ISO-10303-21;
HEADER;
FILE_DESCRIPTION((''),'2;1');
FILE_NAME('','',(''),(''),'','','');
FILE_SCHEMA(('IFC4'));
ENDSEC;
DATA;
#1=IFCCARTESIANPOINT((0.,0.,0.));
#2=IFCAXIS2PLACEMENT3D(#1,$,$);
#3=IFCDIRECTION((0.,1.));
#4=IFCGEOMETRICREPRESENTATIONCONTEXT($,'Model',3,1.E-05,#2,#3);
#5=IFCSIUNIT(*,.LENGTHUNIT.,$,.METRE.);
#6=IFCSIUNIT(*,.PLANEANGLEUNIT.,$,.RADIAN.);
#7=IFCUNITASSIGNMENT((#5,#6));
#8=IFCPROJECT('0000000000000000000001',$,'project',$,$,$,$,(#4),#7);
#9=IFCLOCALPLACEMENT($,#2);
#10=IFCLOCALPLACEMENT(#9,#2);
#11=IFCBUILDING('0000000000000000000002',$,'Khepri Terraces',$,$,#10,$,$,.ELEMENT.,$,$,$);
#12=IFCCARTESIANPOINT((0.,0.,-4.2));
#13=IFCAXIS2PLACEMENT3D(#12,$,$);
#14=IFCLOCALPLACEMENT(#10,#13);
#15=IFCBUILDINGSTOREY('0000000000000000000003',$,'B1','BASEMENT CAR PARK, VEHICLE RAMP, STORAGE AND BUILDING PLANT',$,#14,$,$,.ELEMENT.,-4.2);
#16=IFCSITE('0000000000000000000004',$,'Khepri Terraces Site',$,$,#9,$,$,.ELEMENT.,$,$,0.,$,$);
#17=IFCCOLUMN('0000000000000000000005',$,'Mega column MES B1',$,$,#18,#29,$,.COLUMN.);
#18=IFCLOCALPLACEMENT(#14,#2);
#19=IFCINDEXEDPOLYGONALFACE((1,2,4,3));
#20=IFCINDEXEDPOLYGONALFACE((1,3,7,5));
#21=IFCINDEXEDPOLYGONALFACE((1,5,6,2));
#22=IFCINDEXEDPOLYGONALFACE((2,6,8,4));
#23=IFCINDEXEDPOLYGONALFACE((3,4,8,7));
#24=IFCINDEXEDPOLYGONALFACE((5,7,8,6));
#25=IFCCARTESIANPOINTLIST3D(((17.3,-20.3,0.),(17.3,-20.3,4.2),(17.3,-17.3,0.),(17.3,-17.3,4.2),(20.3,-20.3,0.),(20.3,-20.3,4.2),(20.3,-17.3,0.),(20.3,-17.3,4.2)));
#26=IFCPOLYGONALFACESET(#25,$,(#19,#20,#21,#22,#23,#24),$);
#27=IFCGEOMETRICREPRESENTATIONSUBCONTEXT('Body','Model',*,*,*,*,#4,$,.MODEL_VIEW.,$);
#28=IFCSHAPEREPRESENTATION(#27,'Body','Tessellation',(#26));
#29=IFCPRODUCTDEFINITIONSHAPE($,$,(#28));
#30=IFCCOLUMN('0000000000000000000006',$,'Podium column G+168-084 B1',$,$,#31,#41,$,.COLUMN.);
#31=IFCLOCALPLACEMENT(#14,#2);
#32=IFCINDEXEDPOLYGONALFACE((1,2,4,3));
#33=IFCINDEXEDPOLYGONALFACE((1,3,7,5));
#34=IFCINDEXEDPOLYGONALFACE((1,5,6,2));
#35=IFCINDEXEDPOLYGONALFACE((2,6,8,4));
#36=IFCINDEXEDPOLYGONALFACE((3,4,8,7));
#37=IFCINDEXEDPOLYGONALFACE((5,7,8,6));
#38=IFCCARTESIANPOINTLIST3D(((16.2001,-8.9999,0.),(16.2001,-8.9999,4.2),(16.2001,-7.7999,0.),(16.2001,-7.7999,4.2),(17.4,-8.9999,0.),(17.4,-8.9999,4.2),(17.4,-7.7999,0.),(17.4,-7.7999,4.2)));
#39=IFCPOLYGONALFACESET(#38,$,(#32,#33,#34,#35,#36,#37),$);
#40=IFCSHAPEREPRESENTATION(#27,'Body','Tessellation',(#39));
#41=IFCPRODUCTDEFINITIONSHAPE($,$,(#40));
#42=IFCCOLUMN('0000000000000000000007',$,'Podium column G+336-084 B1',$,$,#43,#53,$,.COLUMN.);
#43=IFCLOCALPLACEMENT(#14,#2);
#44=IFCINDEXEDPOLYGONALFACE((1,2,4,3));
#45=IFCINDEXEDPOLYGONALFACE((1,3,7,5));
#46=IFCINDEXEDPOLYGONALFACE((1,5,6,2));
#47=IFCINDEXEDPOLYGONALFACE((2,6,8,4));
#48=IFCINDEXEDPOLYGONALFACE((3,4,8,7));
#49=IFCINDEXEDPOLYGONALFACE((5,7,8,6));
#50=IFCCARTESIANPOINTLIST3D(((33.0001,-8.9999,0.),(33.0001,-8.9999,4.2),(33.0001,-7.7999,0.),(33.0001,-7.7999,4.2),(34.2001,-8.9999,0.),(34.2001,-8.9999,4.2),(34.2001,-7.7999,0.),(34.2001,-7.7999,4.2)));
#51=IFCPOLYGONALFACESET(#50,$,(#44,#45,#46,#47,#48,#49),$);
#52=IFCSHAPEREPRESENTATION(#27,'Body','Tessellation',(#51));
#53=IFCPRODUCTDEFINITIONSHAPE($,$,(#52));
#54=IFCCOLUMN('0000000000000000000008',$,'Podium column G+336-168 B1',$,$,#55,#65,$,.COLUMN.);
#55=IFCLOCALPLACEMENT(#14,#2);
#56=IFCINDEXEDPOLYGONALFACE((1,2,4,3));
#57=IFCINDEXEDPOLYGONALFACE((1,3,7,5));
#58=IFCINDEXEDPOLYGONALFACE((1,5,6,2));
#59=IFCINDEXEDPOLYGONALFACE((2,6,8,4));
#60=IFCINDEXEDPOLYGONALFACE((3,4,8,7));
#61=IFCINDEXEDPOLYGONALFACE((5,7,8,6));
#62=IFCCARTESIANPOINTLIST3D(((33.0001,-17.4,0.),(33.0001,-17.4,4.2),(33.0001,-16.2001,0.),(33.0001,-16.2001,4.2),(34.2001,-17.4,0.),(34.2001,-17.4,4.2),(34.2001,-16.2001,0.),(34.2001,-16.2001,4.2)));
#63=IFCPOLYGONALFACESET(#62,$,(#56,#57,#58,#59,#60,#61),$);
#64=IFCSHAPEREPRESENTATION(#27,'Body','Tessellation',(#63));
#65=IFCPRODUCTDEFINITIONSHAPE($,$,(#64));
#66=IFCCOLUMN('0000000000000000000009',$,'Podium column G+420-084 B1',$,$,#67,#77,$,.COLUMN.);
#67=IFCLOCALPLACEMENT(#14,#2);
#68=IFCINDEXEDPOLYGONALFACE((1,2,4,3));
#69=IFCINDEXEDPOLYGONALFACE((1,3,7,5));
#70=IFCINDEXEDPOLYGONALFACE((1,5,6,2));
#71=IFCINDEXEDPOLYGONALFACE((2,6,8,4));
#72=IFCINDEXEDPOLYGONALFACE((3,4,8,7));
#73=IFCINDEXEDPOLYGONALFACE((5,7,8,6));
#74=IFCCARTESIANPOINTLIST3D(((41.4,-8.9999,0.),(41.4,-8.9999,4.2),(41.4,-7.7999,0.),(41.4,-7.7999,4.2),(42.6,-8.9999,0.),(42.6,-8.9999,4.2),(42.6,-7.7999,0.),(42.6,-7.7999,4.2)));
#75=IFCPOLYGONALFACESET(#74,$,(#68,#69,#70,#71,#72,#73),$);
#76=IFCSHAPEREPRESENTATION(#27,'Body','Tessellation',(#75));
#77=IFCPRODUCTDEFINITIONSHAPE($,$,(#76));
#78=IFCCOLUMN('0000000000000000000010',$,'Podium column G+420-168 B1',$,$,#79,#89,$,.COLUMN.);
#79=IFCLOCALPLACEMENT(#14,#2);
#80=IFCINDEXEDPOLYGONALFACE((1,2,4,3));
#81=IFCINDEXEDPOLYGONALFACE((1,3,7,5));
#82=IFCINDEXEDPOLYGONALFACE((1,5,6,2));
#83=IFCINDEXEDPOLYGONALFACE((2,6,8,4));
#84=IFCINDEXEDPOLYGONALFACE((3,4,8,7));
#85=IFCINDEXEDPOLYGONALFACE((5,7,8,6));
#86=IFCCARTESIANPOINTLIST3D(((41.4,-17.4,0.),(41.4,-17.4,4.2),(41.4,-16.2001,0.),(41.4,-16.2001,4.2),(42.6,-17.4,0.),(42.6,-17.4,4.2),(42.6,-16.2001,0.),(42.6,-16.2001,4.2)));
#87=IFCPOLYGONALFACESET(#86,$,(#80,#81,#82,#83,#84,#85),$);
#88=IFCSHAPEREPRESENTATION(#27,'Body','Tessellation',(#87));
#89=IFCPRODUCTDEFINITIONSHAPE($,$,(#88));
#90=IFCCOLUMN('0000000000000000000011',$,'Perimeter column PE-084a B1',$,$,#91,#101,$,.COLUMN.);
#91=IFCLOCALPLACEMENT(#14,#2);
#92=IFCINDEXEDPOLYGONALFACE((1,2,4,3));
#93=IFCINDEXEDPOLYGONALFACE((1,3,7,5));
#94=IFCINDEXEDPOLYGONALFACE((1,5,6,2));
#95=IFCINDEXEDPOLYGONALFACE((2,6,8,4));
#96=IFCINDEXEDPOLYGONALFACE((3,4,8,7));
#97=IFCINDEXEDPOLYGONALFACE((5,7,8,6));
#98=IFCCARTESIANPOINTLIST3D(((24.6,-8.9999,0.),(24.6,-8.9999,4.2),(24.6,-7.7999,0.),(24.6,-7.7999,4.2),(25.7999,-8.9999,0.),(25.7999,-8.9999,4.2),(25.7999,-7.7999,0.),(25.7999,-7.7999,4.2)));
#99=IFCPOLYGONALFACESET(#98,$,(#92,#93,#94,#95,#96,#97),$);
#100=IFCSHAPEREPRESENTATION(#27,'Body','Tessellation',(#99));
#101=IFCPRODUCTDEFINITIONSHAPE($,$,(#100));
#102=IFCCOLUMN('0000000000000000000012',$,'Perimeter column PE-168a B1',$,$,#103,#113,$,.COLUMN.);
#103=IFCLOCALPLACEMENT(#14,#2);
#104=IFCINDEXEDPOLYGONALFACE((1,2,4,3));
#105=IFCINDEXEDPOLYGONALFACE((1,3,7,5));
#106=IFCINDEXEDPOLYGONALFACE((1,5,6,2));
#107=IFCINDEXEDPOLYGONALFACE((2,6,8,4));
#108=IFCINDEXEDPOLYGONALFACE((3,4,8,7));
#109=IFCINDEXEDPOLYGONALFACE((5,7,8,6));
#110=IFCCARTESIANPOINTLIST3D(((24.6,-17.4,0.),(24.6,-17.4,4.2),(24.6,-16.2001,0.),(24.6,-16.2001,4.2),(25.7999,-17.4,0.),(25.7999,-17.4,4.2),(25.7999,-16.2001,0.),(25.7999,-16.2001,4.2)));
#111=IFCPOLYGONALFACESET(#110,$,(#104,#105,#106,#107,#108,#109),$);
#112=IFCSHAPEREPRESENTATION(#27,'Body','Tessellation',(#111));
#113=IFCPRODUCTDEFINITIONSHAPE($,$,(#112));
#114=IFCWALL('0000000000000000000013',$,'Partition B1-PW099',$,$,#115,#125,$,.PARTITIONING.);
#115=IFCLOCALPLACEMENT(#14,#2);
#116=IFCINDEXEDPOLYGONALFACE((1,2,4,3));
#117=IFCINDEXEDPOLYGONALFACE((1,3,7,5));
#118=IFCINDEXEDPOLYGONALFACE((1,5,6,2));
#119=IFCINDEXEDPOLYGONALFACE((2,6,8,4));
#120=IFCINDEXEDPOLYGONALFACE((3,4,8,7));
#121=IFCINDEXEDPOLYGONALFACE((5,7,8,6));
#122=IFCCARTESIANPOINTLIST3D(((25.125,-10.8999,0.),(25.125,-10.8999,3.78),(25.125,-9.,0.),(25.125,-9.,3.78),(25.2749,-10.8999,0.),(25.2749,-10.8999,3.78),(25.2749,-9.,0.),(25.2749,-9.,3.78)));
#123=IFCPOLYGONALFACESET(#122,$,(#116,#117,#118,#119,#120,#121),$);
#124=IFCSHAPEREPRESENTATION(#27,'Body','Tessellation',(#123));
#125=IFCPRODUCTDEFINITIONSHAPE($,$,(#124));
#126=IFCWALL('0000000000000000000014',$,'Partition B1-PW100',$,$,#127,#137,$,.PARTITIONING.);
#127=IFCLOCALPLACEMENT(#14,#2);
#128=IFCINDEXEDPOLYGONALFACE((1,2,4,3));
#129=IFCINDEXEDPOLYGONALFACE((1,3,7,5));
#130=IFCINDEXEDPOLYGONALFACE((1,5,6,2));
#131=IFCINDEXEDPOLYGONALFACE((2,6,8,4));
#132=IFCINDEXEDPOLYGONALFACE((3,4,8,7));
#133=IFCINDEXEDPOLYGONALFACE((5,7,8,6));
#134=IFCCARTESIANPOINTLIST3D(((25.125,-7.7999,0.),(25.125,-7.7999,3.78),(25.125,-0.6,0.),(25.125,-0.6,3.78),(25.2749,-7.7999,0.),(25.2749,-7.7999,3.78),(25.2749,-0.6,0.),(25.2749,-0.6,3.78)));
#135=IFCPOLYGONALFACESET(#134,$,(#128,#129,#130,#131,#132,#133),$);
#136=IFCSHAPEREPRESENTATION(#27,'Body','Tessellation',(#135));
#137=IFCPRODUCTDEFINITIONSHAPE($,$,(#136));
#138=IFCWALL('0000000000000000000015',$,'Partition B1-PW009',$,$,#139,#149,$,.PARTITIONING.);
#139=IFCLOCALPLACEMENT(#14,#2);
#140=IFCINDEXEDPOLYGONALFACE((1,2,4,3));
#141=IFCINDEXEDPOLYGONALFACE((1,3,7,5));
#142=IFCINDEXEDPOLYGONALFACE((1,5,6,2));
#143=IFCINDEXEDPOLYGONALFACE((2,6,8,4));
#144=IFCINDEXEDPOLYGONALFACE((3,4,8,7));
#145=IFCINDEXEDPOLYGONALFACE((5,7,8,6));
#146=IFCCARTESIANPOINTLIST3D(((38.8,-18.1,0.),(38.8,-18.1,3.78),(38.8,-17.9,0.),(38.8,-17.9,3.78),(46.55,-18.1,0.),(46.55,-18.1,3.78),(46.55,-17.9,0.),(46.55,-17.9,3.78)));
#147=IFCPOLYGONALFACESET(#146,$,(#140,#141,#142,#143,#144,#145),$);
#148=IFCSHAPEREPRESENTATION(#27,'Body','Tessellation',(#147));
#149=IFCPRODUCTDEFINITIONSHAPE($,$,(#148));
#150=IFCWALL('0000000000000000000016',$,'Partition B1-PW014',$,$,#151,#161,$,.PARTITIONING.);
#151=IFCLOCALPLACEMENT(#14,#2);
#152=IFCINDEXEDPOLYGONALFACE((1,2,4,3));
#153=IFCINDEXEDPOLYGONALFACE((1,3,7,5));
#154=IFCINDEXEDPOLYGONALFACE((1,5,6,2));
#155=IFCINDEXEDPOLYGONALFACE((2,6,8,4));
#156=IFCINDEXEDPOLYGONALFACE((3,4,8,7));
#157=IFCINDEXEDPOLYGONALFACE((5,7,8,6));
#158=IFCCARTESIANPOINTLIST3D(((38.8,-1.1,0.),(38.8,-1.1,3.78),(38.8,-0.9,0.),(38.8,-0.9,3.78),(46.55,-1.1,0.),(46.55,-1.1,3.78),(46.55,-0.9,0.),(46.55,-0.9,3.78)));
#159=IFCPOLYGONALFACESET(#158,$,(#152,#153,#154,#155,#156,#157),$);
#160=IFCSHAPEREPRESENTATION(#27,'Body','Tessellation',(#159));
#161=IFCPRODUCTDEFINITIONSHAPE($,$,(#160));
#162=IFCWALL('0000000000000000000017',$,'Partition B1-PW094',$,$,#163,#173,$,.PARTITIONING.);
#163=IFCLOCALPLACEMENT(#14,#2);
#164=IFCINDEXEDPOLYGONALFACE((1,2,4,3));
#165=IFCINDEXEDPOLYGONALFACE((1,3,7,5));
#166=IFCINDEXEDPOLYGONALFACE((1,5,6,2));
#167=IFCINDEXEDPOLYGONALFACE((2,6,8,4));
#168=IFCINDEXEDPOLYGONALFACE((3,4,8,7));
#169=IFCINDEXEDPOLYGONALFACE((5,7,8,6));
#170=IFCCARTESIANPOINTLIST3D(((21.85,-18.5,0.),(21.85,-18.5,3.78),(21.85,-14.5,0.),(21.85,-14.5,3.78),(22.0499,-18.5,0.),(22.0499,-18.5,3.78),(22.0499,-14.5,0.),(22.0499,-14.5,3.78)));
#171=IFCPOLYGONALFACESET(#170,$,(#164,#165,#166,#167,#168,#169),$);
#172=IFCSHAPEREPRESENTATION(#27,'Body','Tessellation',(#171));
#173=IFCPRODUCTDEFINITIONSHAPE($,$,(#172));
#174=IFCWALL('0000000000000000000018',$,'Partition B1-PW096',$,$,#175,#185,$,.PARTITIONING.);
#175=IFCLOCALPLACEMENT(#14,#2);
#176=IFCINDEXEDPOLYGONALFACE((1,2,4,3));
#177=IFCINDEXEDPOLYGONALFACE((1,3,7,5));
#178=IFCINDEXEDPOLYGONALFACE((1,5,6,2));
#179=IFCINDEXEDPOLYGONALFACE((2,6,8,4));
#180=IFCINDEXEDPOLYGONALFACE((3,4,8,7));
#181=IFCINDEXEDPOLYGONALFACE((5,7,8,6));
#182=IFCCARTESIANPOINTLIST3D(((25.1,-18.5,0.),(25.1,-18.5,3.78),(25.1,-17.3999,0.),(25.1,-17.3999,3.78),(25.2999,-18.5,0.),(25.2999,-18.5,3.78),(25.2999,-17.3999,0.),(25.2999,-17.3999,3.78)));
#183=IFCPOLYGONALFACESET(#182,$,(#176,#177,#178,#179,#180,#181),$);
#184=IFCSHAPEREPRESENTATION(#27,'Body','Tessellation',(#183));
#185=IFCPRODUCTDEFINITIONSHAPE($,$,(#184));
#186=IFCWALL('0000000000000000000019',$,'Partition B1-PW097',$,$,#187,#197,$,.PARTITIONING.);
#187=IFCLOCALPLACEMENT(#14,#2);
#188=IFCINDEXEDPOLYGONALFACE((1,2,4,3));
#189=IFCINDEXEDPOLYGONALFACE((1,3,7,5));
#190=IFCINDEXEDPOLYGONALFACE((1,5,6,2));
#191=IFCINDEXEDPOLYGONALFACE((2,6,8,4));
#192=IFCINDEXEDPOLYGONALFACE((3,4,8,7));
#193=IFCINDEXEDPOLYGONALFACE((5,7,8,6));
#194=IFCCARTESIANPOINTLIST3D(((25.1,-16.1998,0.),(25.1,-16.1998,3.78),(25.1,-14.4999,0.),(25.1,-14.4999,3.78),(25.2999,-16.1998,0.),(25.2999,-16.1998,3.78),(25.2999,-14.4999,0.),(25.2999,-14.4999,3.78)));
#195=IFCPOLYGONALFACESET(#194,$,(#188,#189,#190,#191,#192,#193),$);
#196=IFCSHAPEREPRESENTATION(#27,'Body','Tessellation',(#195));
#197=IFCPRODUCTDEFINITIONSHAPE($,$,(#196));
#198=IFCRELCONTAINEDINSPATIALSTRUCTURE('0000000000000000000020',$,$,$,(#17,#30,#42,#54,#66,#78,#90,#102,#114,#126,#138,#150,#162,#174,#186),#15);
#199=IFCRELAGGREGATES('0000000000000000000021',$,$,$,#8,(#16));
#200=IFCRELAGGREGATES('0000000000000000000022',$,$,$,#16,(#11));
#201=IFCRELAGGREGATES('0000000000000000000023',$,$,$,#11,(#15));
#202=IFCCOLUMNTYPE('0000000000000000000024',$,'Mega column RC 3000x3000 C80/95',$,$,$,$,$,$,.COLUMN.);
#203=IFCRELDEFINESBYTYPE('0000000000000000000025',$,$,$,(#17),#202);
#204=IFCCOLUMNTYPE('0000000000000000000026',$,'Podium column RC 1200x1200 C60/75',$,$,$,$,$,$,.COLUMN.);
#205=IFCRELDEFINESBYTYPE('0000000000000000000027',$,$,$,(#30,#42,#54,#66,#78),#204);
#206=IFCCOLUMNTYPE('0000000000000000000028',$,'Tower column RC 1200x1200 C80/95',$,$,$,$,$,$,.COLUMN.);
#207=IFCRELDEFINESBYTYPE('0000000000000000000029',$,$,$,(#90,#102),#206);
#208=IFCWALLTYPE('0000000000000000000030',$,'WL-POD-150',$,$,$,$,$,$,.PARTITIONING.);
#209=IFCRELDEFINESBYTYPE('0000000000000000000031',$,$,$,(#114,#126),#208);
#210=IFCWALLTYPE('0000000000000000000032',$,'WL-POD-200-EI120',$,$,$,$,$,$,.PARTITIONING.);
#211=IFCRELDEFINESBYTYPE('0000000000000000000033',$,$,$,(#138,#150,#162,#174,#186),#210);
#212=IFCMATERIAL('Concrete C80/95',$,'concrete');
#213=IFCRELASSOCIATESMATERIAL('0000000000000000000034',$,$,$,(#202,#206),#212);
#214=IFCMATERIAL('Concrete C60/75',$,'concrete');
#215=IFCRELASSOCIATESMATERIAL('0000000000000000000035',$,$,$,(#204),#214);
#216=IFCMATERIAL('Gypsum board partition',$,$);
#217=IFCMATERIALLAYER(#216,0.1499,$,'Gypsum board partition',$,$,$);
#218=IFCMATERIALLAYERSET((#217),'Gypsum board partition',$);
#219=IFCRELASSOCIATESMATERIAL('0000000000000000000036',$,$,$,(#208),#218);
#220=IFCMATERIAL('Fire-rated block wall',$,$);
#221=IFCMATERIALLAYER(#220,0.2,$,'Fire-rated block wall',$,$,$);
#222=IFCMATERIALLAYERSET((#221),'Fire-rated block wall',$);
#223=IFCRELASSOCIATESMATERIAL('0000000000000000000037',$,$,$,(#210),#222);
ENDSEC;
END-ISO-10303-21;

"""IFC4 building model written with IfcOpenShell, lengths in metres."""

from ifc_helpers import new_model, si_unit, direction, frame, frame_2d, origin, origin_2d, place, context, subcontext, project, spatial, rectangle, extrude, material, layer, layer_set, material_profile, profile_set, type_object, element, save


model = new_model("IFC4")

# Units and contexts
model_context = context("Model", 3, precision=1e-05, world=origin(), true_north=direction((0.0, 1.0)))
body_context = subcontext(model_context, "Body", "Model", "MODEL_VIEW")
ifc_project = project(units=[si_unit("LENGTHUNIT", "METRE"), si_unit("PLANEANGLEUNIT", "RADIAN")], contexts=[model_context])

# Site, building, storey
site_placement = place(None, origin())
site = spatial("IfcSite", under=ifc_project, at=site_placement, Name="Khepri Terraces Site", CompositionType="ELEMENT", RefElevation=0.0)
building_placement = place(site_placement, origin())
building = spatial("IfcBuilding", under=site, at=building_placement, Name="Khepri Terraces", CompositionType="ELEMENT")
storey_placement = place(building_placement, frame((0.0, 0.0, -4.2)))
storey = spatial("IfcBuildingStorey", under=building, at=storey_placement, Name="B1", Description="BASEMENT CAR PARK, VEHICLE RAMP, STORAGE AND BUILDING PLANT", CompositionType="ELEMENT", Elevation=-4.2)

# Columns
ifc_material_1 = material(Name="Concrete C80/95", Category="concrete")
ifc_material_profile_1 = material_profile(ifc_material_1, rectangle(XDim=3.0, YDim=3.0, at=origin_2d()), Name="Concrete C80/95", Category="concrete")
ifc_profile_set_1 = profile_set([ifc_material_profile_1], Name="Concrete C80/95")
column_type_1 = type_object("IfcColumnType", Name="Mega column RC 3000x3000 C80/95", PredefinedType="COLUMN", material=ifc_profile_set_1)
column_placement = place(storey_placement, frame((18.8, -18.8, 0.0), z_axis=(0.0, 0.0, 1.0), x_axis=(1.0, 0.0, 0.0)))
element("IfcColumn", 1, at=column_placement, inside=storey, type_object=column_type_1, Name="Mega column MES B1", PredefinedType="COLUMN", context=body_context, shape_type="SweptSolid", body=[
    extrude(rectangle(XDim=3.0, YDim=3.0, at=origin_2d()), origin(), (0.0, 0.0, 1.0), 4.2),
])
ifc_material_2 = material(Name="Concrete C60/75", Category="concrete")
ifc_material_profile_2 = material_profile(ifc_material_2, rectangle(XDim=1.2, YDim=1.2, at=origin_2d()), Name="Concrete C60/75", Category="concrete")
ifc_profile_set_2 = profile_set([ifc_material_profile_2], Name="Concrete C60/75")
column_type_2 = type_object("IfcColumnType", Name="Podium column RC 1200x1200 C60/75", PredefinedType="COLUMN", material=ifc_profile_set_2)
for number, where, z_axis, x_axis, name in (
    (2, (16.8, -8.3999, 0.0), (0.0, 0.0, 1.0), (1.0, 0.0, 0.0), "Podium column G+168-084 B1"),
    (3, (33.6001, -8.3999, 0.0), (0.0, 0.0, 1.0), (1.0, 0.0, 0.0), "Podium column G+336-084 B1"),
    (4, (33.6001, -16.8, 0.0), (0.0, 0.0, 1.0), (1.0, 0.0, 0.0), "Podium column G+336-168 B1"),
    (5, (42.0, -8.3999, 0.0), (0.0, 0.0, 1.0), (1.0, 0.0, 0.0), "Podium column G+420-084 B1"),
    (6, (42.0, -16.8, 0.0), (0.0, 0.0, 1.0), (1.0, 0.0, 0.0), "Podium column G+420-168 B1"),
):
    element("IfcColumn", number, at=place(storey_placement, frame(where, z_axis=z_axis, x_axis=x_axis)), inside=storey, type_object=column_type_2, Name=name, PredefinedType="COLUMN", context=body_context, shape_type="SweptSolid", body=[
        extrude(rectangle(XDim=1.2, YDim=1.2, at=origin_2d()), origin(), (0.0, 0.0, 1.0), 4.2),
    ])
ifc_material_profile_3 = material_profile(ifc_material_1, rectangle(XDim=1.2, YDim=1.2, at=origin_2d()), Name="Concrete C80/95", Category="concrete")
ifc_profile_set_3 = profile_set([ifc_material_profile_3], Name="Concrete C80/95")
column_type_3 = type_object("IfcColumnType", Name="Tower column RC 1200x1200 C80/95", PredefinedType="COLUMN", material=ifc_profile_set_3)
for number, where, z_axis, x_axis, name in (
    (7, (25.2, -8.3999, 0.0), (0.0, 0.0, 1.0), (1.0, 0.0, 0.0), "Perimeter column PE-084a B1"),
    (8, (25.2, -16.8, 0.0), (0.0, 0.0, 1.0), (1.0, 0.0, 0.0), "Perimeter column PE-168a B1"),
):
    element("IfcColumn", number, at=place(storey_placement, frame(where, z_axis=z_axis, x_axis=x_axis)), inside=storey, type_object=column_type_3, Name=name, PredefinedType="COLUMN", context=body_context, shape_type="SweptSolid", body=[
        extrude(rectangle(XDim=1.2, YDim=1.2, at=origin_2d()), origin(), (0.0, 0.0, 1.0), 4.2),
    ])

# Walls
ifc_material_3 = material(Name="Gypsum board partition")
ifc_layer_1 = layer(ifc_material_3, 0.1499, Name="Gypsum board partition")
ifc_layer_set_1 = layer_set([ifc_layer_1], Name="Gypsum board partition")
wall_type_1 = type_object("IfcWallType", Name="WL-POD-150", PredefinedType="PARTITIONING", material=ifc_layer_set_1)
wall_1_placement = place(storey_placement, frame((25.2, -10.8999, 0.0), z_axis=(0.0, 0.0, 1.0), x_axis=(0.0, 1.0, 0.0)))
element("IfcWall", 9, at=wall_1_placement, inside=storey, type_object=wall_type_1, Name="Partition B1-PW099", PredefinedType="PARTITIONING", context=body_context, shape_type="SweptSolid", body=[
    extrude(rectangle(XDim=1.8999, YDim=0.1499, at=frame_2d((0.95, 0.0))), origin(), (0.0, 0.0, 1.0), 3.78),
])
wall_2_placement = place(storey_placement, frame((25.2, -7.8, 0.0), z_axis=(0.0, 0.0, 1.0), x_axis=(0.0, 1.0, 0.0)))
element("IfcWall", 10, at=wall_2_placement, inside=storey, type_object=wall_type_1, Name="Partition B1-PW100", PredefinedType="PARTITIONING", context=body_context, shape_type="SweptSolid", body=[
    extrude(rectangle(XDim=7.2, YDim=0.1499, at=frame_2d((3.6001, 0.0))), origin(), (0.0, 0.0, 1.0), 3.78),
])
ifc_material_4 = material(Name="Fire-rated block wall")
ifc_layer_2 = layer(ifc_material_4, 0.2, Name="Fire-rated block wall")
ifc_layer_set_2 = layer_set([ifc_layer_2], Name="Fire-rated block wall")
wall_type_2 = type_object("IfcWallType", Name="WL-POD-200-EI120", PredefinedType="PARTITIONING", material=ifc_layer_set_2)
for number, where, z_axis, x_axis, name in (
    (11, (38.8, -18.0, 0.0), (0.0, 0.0, 1.0), (1.0, 0.0, 0.0), "Partition B1-PW009"),
    (12, (38.8, -1.0, 0.0), (0.0, 0.0, 1.0), (1.0, 0.0, 0.0), "Partition B1-PW014"),
):
    element("IfcWall", number, at=place(storey_placement, frame(where, z_axis=z_axis, x_axis=x_axis)), inside=storey, type_object=wall_type_2, Name=name, PredefinedType="PARTITIONING", context=body_context, shape_type="SweptSolid", body=[
        extrude(rectangle(XDim=7.75, YDim=0.2, at=frame_2d((3.875, 0.0))), origin(), (0.0, 0.0, 1.0), 3.78),
    ])
wall_3_placement = place(storey_placement, frame((21.95, -18.5, 0.0), z_axis=(0.0, 0.0, 1.0), x_axis=(0.0, 1.0, 0.0)))
element("IfcWall", 13, at=wall_3_placement, inside=storey, type_object=wall_type_2, Name="Partition B1-PW094", PredefinedType="PARTITIONING", context=body_context, shape_type="SweptSolid", body=[
    extrude(rectangle(XDim=4.0, YDim=0.2, at=frame_2d((2.0, 0.0))), origin(), (0.0, 0.0, 1.0), 3.78),
])
wall_4_placement = place(storey_placement, frame((25.2, -18.5, 0.0), z_axis=(0.0, 0.0, 1.0), x_axis=(0.0, 1.0, 0.0)))
element("IfcWall", 14, at=wall_4_placement, inside=storey, type_object=wall_type_2, Name="Partition B1-PW096", PredefinedType="PARTITIONING", context=body_context, shape_type="SweptSolid", body=[
    extrude(rectangle(XDim=1.1001, YDim=0.2, at=frame_2d((0.55, 0.0))), origin(), (0.0, 0.0, 1.0), 3.78),
])
wall_5_placement = place(storey_placement, frame((25.2, -16.2, 0.0), z_axis=(0.0, 0.0, 1.0), x_axis=(0.0, 1.0, 0.0)))
element("IfcWall", 15, at=wall_5_placement, inside=storey, type_object=wall_type_2, Name="Partition B1-PW097", PredefinedType="PARTITIONING", context=body_context, shape_type="SweptSolid", body=[
    extrude(rectangle(XDim=1.7, YDim=0.2, at=frame_2d((0.8501, 0.0))), origin(), (0.0, 0.0, 1.0), 3.78),
])

save(model, "model.ifc")
